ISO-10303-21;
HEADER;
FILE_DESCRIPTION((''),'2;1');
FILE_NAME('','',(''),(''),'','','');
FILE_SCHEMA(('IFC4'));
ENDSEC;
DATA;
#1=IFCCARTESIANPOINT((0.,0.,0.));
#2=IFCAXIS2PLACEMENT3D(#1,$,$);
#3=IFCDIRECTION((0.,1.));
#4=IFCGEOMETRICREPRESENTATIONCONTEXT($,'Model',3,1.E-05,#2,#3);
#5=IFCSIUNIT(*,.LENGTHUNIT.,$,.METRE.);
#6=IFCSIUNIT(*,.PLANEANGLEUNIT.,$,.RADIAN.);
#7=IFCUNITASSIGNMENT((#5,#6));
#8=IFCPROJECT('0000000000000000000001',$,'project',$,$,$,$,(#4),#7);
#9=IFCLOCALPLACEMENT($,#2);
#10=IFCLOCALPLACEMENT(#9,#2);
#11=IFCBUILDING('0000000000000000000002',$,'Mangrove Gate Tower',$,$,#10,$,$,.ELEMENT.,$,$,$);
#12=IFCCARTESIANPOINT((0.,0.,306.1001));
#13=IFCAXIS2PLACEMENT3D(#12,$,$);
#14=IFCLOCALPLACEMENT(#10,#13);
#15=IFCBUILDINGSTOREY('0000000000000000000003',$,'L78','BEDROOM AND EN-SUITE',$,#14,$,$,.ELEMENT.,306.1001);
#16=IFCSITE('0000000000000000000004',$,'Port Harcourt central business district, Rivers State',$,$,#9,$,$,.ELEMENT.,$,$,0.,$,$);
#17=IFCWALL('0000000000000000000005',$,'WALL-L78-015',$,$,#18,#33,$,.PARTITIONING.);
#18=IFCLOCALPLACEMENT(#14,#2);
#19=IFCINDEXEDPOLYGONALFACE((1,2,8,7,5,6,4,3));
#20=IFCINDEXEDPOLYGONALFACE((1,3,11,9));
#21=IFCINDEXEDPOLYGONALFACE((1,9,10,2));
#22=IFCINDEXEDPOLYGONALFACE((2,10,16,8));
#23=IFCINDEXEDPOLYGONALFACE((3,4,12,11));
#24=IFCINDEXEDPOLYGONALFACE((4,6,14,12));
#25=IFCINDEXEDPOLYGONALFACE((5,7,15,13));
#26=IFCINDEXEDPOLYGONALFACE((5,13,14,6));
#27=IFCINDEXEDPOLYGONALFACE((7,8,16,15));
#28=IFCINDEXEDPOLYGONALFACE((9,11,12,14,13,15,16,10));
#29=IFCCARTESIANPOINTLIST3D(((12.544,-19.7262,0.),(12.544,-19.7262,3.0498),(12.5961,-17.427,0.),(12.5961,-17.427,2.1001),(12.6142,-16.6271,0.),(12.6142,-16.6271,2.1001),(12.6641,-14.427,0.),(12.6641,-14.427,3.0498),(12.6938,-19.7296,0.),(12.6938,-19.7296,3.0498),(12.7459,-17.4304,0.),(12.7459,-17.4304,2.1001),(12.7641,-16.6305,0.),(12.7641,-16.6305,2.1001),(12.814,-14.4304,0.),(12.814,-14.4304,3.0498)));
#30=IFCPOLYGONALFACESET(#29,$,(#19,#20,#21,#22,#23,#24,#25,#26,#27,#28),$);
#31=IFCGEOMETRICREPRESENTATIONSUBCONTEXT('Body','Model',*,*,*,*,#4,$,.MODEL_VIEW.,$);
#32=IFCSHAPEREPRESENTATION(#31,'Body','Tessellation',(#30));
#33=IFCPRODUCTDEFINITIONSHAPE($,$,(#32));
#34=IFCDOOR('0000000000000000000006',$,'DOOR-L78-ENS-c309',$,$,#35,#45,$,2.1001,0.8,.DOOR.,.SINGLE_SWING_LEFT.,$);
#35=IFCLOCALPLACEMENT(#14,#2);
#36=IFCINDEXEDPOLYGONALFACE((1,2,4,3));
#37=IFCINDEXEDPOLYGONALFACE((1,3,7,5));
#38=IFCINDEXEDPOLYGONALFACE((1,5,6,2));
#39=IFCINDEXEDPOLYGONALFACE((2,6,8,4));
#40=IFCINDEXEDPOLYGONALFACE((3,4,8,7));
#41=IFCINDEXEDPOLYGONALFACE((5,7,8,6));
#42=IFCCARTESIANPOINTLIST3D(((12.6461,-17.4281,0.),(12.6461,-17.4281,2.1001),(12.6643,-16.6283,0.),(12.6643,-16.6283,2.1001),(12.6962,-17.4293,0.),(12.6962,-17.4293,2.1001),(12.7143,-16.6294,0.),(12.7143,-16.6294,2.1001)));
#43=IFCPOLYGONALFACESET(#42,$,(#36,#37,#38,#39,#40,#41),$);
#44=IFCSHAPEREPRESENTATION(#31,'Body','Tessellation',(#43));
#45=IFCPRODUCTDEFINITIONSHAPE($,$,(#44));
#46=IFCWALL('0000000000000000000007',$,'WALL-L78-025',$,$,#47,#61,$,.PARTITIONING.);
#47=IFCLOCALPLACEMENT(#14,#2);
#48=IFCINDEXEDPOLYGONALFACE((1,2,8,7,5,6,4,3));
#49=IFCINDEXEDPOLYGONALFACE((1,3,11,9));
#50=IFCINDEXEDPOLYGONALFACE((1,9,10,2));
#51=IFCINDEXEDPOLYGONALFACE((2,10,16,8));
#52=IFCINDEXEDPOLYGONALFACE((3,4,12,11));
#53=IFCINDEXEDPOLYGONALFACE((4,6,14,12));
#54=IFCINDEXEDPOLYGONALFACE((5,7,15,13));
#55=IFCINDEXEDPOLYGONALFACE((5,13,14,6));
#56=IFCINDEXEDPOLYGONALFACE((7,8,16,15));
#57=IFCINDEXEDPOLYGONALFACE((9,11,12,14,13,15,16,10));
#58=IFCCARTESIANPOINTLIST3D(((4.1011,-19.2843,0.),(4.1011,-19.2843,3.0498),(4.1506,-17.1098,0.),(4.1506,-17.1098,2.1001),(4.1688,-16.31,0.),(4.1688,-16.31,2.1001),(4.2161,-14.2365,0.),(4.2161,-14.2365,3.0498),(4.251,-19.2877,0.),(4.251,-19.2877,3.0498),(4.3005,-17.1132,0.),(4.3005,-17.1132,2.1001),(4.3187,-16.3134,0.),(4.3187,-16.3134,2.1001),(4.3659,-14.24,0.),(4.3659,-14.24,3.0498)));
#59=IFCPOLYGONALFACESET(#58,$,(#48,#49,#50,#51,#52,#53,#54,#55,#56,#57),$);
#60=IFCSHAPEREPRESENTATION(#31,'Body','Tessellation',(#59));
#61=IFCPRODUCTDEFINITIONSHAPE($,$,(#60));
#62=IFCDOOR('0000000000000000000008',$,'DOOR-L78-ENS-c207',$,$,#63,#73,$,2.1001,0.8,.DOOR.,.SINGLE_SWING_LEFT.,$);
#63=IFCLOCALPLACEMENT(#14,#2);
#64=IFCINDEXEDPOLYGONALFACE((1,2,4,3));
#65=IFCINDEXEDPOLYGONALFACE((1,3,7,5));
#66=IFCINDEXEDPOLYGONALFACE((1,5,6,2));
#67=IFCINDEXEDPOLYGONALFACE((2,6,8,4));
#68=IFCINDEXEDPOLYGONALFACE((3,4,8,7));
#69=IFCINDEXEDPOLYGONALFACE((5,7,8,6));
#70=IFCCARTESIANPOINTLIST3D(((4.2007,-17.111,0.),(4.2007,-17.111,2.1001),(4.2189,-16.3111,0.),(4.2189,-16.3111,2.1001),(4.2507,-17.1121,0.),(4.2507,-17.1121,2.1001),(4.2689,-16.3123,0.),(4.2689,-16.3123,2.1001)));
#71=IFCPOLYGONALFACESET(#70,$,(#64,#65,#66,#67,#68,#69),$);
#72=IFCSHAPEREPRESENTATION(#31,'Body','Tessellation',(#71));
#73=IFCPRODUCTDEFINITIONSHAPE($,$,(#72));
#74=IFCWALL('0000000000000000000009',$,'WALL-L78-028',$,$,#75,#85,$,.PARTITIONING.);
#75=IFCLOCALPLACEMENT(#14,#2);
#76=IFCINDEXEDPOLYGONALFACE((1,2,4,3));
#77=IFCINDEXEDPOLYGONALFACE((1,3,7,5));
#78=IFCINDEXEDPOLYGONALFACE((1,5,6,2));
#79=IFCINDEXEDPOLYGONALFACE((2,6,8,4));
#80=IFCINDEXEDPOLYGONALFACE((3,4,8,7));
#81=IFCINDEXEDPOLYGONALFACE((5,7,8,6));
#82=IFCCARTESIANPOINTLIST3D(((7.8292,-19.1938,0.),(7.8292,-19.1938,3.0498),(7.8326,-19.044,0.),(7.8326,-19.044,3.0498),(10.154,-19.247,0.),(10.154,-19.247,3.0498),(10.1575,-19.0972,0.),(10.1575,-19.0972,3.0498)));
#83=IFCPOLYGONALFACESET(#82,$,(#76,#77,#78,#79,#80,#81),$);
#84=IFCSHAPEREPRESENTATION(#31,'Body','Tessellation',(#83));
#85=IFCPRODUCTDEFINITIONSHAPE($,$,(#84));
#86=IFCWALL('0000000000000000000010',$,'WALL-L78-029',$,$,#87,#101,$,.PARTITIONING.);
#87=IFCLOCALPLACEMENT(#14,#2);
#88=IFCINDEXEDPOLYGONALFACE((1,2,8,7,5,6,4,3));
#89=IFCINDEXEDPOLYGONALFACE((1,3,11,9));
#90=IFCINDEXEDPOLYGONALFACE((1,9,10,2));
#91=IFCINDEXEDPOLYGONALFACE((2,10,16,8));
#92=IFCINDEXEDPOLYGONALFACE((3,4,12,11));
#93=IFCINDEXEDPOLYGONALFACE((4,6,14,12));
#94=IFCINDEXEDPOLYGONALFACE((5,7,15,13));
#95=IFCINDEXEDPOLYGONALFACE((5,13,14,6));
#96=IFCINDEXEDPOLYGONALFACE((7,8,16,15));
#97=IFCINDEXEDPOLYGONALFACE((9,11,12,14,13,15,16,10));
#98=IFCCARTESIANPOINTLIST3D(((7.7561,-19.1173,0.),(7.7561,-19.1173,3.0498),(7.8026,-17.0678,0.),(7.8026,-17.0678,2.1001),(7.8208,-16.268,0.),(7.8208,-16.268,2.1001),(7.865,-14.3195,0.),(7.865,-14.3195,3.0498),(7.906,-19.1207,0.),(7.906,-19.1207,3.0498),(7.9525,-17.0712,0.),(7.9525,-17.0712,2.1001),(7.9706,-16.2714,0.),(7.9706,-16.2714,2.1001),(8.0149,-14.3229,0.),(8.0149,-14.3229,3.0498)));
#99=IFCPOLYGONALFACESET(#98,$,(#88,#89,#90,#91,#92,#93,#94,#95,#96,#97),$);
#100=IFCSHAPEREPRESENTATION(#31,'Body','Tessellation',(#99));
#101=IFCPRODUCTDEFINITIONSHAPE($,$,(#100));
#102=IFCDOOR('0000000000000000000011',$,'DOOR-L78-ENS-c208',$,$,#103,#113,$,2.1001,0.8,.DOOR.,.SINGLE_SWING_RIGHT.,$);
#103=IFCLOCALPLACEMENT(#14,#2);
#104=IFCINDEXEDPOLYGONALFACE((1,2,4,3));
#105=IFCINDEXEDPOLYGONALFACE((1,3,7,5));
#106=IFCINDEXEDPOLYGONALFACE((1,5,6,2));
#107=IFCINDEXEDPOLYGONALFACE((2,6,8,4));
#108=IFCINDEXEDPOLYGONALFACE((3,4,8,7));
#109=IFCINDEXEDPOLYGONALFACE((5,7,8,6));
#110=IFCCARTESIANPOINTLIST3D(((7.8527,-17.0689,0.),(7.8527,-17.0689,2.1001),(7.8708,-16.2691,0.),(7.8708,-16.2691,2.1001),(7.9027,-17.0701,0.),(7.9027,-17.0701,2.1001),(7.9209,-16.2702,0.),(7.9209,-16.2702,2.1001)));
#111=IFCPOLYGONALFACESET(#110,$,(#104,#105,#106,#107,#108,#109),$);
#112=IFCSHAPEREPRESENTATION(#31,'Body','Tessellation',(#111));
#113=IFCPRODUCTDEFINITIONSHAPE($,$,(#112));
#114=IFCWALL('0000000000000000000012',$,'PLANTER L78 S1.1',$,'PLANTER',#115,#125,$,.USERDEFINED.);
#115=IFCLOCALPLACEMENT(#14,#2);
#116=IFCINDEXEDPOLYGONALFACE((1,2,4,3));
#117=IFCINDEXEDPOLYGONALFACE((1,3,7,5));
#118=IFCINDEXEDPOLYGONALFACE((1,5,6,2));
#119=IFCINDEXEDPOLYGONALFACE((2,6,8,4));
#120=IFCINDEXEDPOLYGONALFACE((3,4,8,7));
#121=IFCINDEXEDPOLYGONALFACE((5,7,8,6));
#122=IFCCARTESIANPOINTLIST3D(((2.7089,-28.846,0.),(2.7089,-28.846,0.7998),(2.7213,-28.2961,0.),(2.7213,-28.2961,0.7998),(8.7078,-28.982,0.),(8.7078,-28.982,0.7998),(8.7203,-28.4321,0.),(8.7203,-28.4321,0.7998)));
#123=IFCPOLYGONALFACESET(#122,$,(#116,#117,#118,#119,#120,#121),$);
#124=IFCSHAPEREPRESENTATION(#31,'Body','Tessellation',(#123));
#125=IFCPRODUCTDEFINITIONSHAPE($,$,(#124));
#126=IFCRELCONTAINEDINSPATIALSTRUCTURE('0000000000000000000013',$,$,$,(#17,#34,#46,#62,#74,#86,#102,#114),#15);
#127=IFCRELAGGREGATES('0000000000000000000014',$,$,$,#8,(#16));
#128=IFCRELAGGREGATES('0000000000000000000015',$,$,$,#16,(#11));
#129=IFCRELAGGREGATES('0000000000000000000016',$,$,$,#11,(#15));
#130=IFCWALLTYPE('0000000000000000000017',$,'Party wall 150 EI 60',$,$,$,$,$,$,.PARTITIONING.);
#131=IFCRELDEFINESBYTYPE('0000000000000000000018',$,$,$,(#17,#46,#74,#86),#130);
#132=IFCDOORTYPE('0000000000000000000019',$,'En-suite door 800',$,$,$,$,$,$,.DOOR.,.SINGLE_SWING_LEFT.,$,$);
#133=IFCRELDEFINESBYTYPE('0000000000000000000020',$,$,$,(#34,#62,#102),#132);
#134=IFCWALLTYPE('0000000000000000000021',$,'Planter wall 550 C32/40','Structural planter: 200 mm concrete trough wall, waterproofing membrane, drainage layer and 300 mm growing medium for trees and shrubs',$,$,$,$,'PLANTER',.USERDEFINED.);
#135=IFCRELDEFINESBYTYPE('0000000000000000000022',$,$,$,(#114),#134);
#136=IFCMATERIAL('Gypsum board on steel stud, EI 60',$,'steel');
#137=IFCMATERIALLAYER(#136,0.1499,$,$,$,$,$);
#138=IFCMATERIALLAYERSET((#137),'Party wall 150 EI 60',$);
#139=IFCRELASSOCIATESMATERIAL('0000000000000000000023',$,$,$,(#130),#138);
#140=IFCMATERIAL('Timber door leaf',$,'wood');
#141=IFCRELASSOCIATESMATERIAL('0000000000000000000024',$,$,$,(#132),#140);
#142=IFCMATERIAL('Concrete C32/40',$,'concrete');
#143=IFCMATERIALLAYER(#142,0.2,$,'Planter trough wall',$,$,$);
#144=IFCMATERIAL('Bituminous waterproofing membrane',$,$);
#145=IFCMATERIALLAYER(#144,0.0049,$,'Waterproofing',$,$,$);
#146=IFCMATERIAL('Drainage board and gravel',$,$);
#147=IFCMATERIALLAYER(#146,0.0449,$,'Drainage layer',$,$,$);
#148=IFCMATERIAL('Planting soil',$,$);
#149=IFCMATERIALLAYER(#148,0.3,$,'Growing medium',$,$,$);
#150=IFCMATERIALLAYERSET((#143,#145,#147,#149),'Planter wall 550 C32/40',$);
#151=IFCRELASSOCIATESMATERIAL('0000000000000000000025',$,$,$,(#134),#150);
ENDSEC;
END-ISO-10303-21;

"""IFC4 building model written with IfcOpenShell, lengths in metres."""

from ifc_helpers import new_model, si_unit, direction, frame, frame_2d, origin, place, context, subcontext, project, spatial, rectangle, extrude, material, layer, layer_set, type_object, element, fill, save


model = new_model("IFC4")

# Units and contexts
model_context = context("Model", 3, precision=1e-05, world=origin(), true_north=direction((0.0, 1.0)))
body_context = subcontext(model_context, "Body", "Model", "MODEL_VIEW")
ifc_project = project(units=[si_unit("LENGTHUNIT", "METRE"), si_unit("PLANEANGLEUNIT", "RADIAN")], contexts=[model_context])

# Site, building, storey
site_placement = place(None, origin())
site = spatial("IfcSite", under=ifc_project, at=site_placement, Name="Port Harcourt central business district, Rivers State", CompositionType="ELEMENT", RefElevation=0.0)
building_placement = place(site_placement, origin())
building = spatial("IfcBuilding", under=site, at=building_placement, Name="Mangrove Gate Tower", CompositionType="ELEMENT")
storey_placement = place(building_placement, frame((0.0, 0.0, 306.1001)))
storey = spatial("IfcBuildingStorey", under=building, at=storey_placement, Name="L78", Description="BEDROOM AND EN-SUITE", CompositionType="ELEMENT", Elevation=306.1001)

# Shared definitions
ifc_material_1 = material(Name="Gypsum board on steel stud, EI 60", Category="steel")
ifc_layer_1 = layer(ifc_material_1, 0.1499)
ifc_layer_set_1 = layer_set([ifc_layer_1], Name="Party wall 150 EI 60")
wall_type_1 = type_object("IfcWallType", Name="Party wall 150 EI 60", PredefinedType="PARTITIONING", material=ifc_layer_set_1)

# Walls, openings, doors
wall_1_placement = place(storey_placement, frame((12.6189, -19.728, 0.0), z_axis=(0.0, 0.0, 1.0), x_axis=(0.022662, 0.999743, 0.0)))
wall_1 = element("IfcWall", 1, at=wall_1_placement, inside=storey, type_object=wall_type_1, Name="WALL-L78-015", PredefinedType="PARTITIONING", context=body_context, shape_type="SweptSolid", body=[
    extrude(rectangle(XDim=5.3005, YDim=0.1499, at=frame_2d((2.6504, 0.0))), origin(), (0.0, 0.0, 1.0), 3.0498),
])
opening_1_placement = place(wall_1_placement, frame((2.3, 0.0, 0.0)))
opening_1 = element("IfcOpeningElement", 2, at=opening_1_placement, cuts=wall_1, PredefinedType="OPENING", context=body_context, shape_type="SweptSolid", body=[
    extrude(rectangle(XDim=0.8, YDim=2.1001, at=frame_2d((0.3999, 1.05))), frame((0.0, 0.085, 0.0), z_axis=(0.0, -1.0, 0.0), x_axis=(1.0, 0.0, 0.0)), (0.0, 0.0, 1.0), 0.1699),
])
ifc_material_2 = material(Name="Timber door leaf", Category="wood")
door_type_1 = type_object("IfcDoorType", Name="En-suite door 800", OperationType="SINGLE_SWING_LEFT", PredefinedType="DOOR", material=ifc_material_2)
door_1_placement = place(opening_1_placement, origin())
door_1 = element("IfcDoor", 3, at=door_1_placement, inside=storey, type_object=door_type_1, Name="DOOR-L78-ENS-c309", OperationType="SINGLE_SWING_LEFT", OverallHeight=2.1001, OverallWidth=0.8, PredefinedType="DOOR", context=body_context, shape_type="SweptSolid", body=[
    extrude(rectangle(XDim=0.8, YDim=2.1001, at=frame_2d((0.3999, 1.05))), frame((0.0, 0.0249, 0.0), z_axis=(0.0, -1.0, 0.0), x_axis=(1.0, 0.0, 0.0)), (0.0, 0.0, 1.0), 0.05),
])
fill(opening_1, door_1)
wall_2_placement = place(storey_placement, frame((4.176, -19.2859, 0.0), z_axis=(0.0, 0.0, 1.0), x_axis=(0.022774, 0.999741, 0.0)))
wall_2 = element("IfcWall", 4, at=wall_2_placement, inside=storey, type_object=wall_type_1, Name="WALL-L78-025", PredefinedType="PARTITIONING", context=body_context, shape_type="SweptSolid", body=[
    extrude(rectangle(XDim=5.0491, YDim=0.1499, at=frame_2d((2.5244, 0.0))), origin(), (0.0, 0.0, 1.0), 3.0498),
])
opening_2_placement = place(wall_2_placement, frame((2.175, 0.0, 0.0)))
opening_2 = element("IfcOpeningElement", 5, at=opening_2_placement, cuts=wall_2, PredefinedType="OPENING", context=body_context, shape_type="SweptSolid", body=[
    extrude(rectangle(XDim=0.8, YDim=2.1001, at=frame_2d((0.3999, 1.05))), frame((0.0, 0.085, 0.0), z_axis=(0.0, -1.0, 0.0), x_axis=(1.0, 0.0, 0.0)), (0.0, 0.0, 1.0), 0.1699),
])
door_2_placement = place(opening_2_placement, origin())
door_2 = element("IfcDoor", 6, at=door_2_placement, inside=storey, type_object=door_type_1, Name="DOOR-L78-ENS-c207", OperationType="SINGLE_SWING_LEFT", OverallHeight=2.1001, OverallWidth=0.8, PredefinedType="DOOR", context=body_context, shape_type="SweptSolid", body=[
    extrude(rectangle(XDim=0.8, YDim=2.1001, at=frame_2d((0.3999, 1.05))), frame((0.0, 0.0249, 0.0), z_axis=(0.0, -1.0, 0.0), x_axis=(1.0, 0.0, 0.0)), (0.0, 0.0, 1.0), 0.05),
])
fill(opening_2, door_2)

# Wall
wall_3_placement = place(storey_placement, frame((7.8311, -19.1189, 0.0), z_axis=(0.0, 0.0, 1.0), x_axis=(0.999738, -0.022886, 0.0)))
element("IfcWall", 7, at=wall_3_placement, inside=storey, type_object=wall_type_1, Name="WALL-L78-028", PredefinedType="PARTITIONING", context=body_context, shape_type="SweptSolid", body=[
    extrude(rectangle(XDim=2.3254, YDim=0.1499, at=frame_2d((1.1626, 0.0))), origin(), (0.0, 0.0, 1.0), 3.0498),
])

# Wall, opening, door
wall_4_placement = place(storey_placement, frame((7.8311, -19.1189, 0.0), z_axis=(0.0, 0.0, 1.0), x_axis=(0.022689, 0.999743, 0.0)))
wall_4 = element("IfcWall", 8, at=wall_4_placement, inside=storey, type_object=wall_type_1, Name="WALL-L78-029", PredefinedType="PARTITIONING", context=body_context, shape_type="SweptSolid", body=[
    extrude(rectangle(XDim=4.7991, YDim=0.1499, at=frame_2d((2.3994, 0.0))), origin(), (0.0, 0.0, 1.0), 3.0498),
])
opening_3_placement = place(wall_4_placement, frame((2.05, 0.0, 0.0)))
opening_3 = element("IfcOpeningElement", 9, at=opening_3_placement, cuts=wall_4, PredefinedType="OPENING", context=body_context, shape_type="SweptSolid", body=[
    extrude(rectangle(XDim=0.8, YDim=2.1001, at=frame_2d((0.3999, 1.05))), frame((0.0, 0.085, 0.0), z_axis=(0.0, -1.0, 0.0), x_axis=(1.0, 0.0, 0.0)), (0.0, 0.0, 1.0), 0.1699),
])
door_3_placement = place(opening_3_placement, origin())
door_3 = element("IfcDoor", 10, at=door_3_placement, inside=storey, type_object=door_type_1, Name="DOOR-L78-ENS-c208", OperationType="SINGLE_SWING_RIGHT", OverallHeight=2.1001, OverallWidth=0.8, PredefinedType="DOOR", context=body_context, shape_type="SweptSolid", body=[
    extrude(rectangle(XDim=0.8, YDim=2.1001, at=frame_2d((0.3999, 1.05))), frame((0.0, 0.0249, 0.0), z_axis=(0.0, -1.0, 0.0), x_axis=(1.0, 0.0, 0.0)), (0.0, 0.0, 1.0), 0.05),
])
fill(opening_3, door_3)

# Wall
ifc_material_3 = material(Name="Concrete C32/40", Category="concrete")
ifc_layer_2 = layer(ifc_material_3, 0.2, Name="Planter trough wall")
ifc_material_4 = material(Name="Bituminous waterproofing membrane")
ifc_layer_3 = layer(ifc_material_4, 0.0049, Name="Waterproofing")
ifc_material_5 = material(Name="Drainage board and gravel")
ifc_layer_4 = layer(ifc_material_5, 0.0449, Name="Drainage layer")
ifc_material_6 = material(Name="Planting soil")
ifc_layer_5 = layer(ifc_material_6, 0.3, Name="Growing medium")
ifc_layer_set_2 = layer_set([ifc_layer_2, ifc_layer_3, ifc_layer_4, ifc_layer_5], Name="Planter wall 550 C32/40")
wall_type_2 = type_object("IfcWallType", Name="Planter wall 550 C32/40", Description="Structural planter: 200 mm concrete trough wall, waterproofing membrane, drainage layer and 300 mm growing medium for trees and shrubs", ElementType="PLANTER", PredefinedType="USERDEFINED", material=ifc_layer_set_2)
wall_5_placement = place(storey_placement, frame((2.7151, -28.571, 0.0), z_axis=(0.0, 0.0, 1.0), x_axis=(0.999743, -0.022662, 0.0)))
element("IfcWall", 11, at=wall_5_placement, inside=storey, type_object=wall_type_2, Name="PLANTER L78 S1.1", ObjectType="PLANTER", PredefinedType="USERDEFINED", context=body_context, shape_type="SweptSolid", body=[
    extrude(rectangle(XDim=6.0005, YDim=0.55, at=frame_2d((3.0002, 0.0))), origin(), (0.0, 0.0, 1.0), 0.7998),
])

save(model, "model.ifc")
